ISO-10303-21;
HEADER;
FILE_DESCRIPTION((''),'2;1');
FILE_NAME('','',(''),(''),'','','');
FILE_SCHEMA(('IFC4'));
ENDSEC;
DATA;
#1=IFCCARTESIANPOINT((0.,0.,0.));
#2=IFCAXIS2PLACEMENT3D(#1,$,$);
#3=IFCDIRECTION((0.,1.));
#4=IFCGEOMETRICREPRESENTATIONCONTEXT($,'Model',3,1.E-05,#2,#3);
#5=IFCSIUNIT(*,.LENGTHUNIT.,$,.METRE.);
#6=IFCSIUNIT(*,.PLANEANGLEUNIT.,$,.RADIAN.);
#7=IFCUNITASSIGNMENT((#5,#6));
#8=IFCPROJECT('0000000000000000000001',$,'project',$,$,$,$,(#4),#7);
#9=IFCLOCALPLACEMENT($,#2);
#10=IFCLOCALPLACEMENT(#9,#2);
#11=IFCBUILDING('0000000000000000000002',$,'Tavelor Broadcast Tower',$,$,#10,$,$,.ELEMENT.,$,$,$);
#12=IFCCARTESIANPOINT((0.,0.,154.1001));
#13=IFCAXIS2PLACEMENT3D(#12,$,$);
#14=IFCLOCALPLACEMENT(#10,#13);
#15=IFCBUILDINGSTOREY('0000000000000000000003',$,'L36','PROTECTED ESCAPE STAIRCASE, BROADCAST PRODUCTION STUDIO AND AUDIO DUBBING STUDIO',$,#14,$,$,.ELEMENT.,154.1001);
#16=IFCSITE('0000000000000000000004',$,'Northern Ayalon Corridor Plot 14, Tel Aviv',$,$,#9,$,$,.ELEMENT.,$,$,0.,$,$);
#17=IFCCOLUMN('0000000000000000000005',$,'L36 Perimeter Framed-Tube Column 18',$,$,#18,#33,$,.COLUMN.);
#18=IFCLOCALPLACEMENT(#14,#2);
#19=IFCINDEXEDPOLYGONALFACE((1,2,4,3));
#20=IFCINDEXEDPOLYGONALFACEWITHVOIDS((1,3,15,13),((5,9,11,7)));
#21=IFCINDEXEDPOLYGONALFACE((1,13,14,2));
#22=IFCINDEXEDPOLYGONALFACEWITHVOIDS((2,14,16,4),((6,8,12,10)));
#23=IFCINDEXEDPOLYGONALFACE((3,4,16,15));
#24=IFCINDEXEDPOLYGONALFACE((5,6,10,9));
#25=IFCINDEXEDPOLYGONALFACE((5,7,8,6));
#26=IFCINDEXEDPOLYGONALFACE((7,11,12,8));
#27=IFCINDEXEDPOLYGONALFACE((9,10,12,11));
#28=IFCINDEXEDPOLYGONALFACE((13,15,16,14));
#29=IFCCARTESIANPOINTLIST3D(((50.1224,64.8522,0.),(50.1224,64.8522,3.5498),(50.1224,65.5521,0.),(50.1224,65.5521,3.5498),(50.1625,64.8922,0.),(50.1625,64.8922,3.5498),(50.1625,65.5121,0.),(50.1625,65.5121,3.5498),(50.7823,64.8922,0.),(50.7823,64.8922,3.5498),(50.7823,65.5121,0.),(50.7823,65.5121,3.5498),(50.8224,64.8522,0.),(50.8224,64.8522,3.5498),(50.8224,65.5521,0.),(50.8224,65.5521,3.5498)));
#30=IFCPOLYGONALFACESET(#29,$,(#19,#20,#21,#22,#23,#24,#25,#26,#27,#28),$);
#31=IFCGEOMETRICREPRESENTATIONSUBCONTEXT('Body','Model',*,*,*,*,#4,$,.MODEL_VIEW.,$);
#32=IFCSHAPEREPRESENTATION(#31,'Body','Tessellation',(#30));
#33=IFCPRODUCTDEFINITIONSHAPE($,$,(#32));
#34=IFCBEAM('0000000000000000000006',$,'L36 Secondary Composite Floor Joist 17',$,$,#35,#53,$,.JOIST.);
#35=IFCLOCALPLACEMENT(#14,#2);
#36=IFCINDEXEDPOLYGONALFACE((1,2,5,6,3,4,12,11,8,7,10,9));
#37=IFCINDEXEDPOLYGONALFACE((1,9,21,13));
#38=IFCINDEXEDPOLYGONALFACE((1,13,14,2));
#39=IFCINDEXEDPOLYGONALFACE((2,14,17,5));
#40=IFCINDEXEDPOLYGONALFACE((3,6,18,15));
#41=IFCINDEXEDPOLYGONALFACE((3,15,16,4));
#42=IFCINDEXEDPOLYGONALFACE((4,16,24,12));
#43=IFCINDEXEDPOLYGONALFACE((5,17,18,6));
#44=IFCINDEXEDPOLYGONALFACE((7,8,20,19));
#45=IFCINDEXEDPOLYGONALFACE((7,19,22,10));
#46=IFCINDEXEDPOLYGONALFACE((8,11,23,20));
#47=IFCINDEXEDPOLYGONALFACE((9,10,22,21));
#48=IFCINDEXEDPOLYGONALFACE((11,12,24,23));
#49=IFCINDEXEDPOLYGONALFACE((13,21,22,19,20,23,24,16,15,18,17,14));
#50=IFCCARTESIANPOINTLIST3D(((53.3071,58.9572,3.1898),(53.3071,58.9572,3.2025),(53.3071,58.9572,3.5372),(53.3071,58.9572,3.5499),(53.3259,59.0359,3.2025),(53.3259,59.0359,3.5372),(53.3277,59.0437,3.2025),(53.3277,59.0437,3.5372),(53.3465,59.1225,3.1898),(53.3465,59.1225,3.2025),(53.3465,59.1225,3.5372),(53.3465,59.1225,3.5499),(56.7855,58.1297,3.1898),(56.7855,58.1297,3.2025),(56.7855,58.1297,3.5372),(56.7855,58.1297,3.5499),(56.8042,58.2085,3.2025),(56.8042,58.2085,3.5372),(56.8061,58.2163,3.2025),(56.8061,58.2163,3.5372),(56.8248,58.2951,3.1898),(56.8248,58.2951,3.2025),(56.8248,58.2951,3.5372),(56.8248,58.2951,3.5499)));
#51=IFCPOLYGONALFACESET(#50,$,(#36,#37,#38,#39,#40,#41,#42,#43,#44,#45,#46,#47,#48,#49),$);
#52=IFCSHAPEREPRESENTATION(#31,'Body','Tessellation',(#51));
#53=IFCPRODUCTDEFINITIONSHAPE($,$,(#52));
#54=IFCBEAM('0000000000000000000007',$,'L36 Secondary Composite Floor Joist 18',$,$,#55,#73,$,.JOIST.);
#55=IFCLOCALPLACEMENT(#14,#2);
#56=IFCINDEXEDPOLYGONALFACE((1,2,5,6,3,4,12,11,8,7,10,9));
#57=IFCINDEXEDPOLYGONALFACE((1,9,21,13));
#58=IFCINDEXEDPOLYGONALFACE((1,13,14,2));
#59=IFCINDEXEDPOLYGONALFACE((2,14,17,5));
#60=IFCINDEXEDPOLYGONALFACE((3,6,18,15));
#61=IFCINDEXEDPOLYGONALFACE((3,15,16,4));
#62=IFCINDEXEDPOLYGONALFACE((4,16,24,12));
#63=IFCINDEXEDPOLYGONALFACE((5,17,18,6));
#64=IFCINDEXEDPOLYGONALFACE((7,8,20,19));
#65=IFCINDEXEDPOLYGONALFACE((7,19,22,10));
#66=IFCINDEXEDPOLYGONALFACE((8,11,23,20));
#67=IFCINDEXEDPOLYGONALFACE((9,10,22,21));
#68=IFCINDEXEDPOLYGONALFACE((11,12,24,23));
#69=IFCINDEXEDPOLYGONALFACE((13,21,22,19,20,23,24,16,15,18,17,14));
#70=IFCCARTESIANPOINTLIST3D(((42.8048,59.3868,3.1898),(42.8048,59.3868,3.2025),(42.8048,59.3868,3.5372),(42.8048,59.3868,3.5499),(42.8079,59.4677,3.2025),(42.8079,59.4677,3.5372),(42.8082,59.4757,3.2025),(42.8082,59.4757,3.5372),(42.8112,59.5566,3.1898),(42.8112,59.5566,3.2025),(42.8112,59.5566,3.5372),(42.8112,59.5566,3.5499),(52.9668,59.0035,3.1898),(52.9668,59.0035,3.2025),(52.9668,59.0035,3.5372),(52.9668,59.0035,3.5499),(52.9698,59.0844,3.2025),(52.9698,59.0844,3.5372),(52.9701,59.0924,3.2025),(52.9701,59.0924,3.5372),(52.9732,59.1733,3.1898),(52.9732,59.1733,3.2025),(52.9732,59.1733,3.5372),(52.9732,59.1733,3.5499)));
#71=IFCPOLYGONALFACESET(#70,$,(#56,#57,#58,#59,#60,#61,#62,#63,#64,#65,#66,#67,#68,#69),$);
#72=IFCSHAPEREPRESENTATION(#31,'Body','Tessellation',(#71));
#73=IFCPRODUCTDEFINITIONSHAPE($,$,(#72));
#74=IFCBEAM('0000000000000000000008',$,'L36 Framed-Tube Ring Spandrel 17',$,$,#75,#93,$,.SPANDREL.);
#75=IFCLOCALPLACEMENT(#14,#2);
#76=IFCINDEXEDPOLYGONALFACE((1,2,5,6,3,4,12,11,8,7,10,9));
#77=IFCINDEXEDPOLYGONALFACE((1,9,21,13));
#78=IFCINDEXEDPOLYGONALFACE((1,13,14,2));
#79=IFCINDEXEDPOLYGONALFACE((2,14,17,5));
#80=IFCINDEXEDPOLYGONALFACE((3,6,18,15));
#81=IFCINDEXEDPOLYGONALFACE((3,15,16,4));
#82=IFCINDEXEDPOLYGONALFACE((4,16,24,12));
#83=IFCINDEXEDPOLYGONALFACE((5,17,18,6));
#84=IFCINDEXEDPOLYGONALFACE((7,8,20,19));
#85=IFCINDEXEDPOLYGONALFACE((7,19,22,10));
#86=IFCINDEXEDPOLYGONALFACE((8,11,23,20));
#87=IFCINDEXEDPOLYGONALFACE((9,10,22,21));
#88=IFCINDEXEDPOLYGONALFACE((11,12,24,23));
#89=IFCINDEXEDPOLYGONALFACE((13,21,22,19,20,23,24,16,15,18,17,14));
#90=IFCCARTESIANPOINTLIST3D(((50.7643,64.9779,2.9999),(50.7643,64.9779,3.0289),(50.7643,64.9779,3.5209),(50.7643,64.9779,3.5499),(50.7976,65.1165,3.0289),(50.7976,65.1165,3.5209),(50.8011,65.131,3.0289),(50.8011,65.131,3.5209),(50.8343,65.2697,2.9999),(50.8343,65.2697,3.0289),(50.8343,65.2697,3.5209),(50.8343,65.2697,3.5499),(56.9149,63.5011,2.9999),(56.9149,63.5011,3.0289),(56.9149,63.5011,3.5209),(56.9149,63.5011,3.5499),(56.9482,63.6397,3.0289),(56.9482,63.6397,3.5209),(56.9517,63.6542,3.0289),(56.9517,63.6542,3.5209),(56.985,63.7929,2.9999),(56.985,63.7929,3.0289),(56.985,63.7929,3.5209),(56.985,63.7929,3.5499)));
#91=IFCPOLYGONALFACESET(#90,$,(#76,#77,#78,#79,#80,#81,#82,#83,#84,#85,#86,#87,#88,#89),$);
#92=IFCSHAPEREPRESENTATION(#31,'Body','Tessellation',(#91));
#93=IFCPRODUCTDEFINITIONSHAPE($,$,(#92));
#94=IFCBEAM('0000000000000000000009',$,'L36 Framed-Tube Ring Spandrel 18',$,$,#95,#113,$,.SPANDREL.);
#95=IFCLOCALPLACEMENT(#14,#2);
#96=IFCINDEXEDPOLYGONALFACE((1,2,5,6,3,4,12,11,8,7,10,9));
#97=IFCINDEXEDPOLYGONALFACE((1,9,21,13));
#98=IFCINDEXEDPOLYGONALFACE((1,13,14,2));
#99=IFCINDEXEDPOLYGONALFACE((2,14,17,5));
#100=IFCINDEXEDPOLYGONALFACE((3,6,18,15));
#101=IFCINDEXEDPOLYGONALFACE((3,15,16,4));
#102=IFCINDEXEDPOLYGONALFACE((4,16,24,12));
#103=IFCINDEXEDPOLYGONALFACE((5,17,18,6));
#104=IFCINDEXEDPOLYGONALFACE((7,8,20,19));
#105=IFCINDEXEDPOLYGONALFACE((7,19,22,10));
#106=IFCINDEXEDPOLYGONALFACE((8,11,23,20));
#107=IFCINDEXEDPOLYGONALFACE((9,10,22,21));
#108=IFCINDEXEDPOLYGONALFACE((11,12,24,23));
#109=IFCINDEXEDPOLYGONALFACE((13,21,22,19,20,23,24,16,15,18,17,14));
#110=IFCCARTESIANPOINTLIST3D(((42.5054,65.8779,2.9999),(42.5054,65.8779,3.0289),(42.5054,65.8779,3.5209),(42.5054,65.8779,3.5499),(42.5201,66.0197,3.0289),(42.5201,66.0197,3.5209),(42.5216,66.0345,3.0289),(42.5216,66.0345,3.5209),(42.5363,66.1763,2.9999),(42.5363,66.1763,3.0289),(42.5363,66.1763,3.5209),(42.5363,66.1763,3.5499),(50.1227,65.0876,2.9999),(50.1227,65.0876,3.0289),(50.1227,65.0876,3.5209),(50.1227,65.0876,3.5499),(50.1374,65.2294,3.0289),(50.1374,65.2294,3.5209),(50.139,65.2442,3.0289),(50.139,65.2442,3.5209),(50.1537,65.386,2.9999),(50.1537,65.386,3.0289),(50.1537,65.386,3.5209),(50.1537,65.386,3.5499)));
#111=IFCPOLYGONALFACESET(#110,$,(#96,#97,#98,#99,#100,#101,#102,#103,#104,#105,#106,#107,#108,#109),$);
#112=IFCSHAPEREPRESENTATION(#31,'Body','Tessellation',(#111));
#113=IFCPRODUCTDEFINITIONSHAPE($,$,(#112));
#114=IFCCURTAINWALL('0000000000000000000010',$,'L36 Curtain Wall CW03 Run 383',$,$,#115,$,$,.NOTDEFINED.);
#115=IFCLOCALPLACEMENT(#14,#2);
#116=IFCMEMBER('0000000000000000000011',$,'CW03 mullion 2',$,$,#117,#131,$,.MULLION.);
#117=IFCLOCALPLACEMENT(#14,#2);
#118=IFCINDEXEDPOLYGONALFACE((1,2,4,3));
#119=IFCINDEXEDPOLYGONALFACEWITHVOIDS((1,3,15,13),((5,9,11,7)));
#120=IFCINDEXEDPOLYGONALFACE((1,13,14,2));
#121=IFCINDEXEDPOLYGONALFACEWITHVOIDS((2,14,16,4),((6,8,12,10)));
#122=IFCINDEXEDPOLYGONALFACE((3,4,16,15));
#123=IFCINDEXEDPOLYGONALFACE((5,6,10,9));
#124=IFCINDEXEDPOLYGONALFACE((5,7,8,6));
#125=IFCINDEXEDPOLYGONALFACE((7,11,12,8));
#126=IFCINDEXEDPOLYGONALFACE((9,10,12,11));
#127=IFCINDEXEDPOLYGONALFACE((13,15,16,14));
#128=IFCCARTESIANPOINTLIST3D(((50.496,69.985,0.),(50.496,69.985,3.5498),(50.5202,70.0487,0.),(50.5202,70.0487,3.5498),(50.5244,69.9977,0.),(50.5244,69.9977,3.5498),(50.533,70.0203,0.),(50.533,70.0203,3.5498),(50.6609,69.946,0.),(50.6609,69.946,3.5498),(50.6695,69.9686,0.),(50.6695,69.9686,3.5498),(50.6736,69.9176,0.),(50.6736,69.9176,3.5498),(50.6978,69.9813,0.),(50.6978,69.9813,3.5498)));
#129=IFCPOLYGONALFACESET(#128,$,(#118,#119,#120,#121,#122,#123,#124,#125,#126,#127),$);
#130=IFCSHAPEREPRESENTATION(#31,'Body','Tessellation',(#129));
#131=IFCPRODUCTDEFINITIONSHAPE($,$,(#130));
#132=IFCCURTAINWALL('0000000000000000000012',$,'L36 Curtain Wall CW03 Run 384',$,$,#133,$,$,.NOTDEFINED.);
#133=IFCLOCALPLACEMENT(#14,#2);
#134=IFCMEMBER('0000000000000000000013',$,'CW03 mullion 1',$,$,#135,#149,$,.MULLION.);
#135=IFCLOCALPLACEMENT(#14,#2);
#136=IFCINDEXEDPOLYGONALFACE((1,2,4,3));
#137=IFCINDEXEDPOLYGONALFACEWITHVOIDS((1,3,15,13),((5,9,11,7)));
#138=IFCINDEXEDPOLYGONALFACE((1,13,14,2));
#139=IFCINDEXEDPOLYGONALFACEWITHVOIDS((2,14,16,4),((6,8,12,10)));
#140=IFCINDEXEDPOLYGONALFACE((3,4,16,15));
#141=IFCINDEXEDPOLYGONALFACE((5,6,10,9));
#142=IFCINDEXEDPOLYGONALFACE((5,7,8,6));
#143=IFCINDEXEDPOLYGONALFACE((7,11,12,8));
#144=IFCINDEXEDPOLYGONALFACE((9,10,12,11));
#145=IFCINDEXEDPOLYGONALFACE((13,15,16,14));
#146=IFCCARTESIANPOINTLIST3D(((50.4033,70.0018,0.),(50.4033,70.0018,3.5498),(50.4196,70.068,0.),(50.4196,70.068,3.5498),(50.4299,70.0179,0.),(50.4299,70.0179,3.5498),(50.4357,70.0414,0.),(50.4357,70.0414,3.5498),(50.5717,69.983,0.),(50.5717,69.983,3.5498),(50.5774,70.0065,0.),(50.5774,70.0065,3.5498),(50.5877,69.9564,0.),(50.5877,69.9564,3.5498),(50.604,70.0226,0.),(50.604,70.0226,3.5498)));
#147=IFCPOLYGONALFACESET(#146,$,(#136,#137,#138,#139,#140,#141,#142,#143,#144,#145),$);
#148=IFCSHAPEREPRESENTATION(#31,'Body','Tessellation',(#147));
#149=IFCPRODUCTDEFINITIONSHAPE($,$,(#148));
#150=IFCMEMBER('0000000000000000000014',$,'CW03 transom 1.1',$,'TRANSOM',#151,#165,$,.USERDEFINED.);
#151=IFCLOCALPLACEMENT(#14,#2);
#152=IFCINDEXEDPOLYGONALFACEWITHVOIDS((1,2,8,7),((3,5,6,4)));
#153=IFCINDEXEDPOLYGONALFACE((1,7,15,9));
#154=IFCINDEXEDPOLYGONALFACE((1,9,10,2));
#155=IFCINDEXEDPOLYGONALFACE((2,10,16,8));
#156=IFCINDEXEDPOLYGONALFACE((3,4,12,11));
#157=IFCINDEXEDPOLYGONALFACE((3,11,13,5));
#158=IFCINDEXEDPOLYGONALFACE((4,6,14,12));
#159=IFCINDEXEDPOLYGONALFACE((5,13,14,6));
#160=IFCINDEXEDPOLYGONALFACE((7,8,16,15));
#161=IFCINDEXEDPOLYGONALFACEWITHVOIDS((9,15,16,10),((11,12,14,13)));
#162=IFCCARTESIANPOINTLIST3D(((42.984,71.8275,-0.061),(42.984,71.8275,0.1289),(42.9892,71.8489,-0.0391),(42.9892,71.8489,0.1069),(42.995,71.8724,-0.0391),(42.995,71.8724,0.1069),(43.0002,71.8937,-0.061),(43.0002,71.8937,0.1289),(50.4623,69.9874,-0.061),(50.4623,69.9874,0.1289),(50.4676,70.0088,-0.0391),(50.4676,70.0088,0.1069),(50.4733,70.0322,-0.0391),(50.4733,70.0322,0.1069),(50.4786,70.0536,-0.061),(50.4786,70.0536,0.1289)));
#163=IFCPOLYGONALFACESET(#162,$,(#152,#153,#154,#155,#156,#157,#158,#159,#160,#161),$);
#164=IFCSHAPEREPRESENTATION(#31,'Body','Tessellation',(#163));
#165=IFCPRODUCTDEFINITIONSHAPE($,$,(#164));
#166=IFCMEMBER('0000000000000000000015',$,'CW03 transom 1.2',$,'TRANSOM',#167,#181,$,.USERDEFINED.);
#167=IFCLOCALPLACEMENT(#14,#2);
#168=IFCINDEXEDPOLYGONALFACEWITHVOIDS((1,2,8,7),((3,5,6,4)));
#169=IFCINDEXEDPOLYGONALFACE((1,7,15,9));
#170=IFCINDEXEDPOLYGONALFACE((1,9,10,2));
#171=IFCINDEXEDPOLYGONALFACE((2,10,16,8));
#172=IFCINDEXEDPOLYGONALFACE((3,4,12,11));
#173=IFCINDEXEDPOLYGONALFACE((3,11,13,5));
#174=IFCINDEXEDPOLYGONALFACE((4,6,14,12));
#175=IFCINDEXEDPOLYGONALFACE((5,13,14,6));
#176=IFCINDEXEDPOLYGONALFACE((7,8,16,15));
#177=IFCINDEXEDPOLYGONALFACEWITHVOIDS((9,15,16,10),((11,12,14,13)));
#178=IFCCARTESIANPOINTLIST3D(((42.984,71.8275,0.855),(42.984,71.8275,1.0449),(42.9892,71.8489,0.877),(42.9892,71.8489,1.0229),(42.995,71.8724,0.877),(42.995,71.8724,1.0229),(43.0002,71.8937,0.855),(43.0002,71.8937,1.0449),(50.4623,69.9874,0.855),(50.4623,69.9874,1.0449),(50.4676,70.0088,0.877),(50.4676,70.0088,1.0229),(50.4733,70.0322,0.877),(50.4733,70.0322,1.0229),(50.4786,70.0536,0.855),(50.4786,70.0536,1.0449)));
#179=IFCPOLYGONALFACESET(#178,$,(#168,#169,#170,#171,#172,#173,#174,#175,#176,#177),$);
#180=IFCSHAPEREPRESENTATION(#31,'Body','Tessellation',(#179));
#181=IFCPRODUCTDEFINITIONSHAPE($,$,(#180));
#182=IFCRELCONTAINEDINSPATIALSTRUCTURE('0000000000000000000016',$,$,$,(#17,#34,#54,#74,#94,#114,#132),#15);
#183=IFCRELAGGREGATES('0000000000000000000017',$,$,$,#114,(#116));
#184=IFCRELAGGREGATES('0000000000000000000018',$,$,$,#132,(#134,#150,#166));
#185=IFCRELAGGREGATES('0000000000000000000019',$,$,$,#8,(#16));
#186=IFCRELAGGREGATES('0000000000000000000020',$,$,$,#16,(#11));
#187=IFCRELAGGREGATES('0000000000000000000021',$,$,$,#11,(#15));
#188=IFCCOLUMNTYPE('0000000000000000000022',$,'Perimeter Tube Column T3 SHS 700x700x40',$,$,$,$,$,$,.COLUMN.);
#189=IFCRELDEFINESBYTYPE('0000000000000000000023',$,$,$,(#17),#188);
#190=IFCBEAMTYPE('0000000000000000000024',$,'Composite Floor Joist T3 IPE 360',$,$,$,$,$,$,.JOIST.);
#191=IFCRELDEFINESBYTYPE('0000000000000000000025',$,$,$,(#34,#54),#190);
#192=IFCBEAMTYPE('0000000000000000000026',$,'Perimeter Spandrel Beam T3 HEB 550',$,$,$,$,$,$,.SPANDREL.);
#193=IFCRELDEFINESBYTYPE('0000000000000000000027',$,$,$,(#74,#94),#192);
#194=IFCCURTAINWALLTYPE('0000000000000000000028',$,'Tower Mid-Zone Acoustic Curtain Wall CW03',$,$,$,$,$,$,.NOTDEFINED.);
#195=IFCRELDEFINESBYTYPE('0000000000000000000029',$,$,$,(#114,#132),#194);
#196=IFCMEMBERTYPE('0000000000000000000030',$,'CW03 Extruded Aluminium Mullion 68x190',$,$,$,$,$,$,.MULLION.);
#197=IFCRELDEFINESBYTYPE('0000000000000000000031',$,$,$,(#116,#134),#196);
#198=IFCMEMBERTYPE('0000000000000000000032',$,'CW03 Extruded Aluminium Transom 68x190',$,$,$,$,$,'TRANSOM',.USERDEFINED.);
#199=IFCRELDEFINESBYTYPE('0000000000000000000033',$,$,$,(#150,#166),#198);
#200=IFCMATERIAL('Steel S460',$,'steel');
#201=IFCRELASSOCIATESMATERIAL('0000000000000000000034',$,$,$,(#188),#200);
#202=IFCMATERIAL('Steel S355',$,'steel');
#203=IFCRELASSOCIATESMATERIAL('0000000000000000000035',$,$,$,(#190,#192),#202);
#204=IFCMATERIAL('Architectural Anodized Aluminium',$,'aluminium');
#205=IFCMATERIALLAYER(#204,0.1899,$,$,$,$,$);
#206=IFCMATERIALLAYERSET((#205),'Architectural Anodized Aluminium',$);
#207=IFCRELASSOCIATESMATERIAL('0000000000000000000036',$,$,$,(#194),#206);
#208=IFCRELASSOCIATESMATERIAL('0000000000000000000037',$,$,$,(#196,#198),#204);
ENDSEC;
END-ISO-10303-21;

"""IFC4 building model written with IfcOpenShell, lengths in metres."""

from ifc_helpers import new_model, si_unit, direction, frame, origin, origin_2d, place, context, subcontext, project, spatial, hollow_rectangle, i_section, extrude, source, transform, mapped, material, layer, layer_set, material_profile, profile_set, type_object, type_shapes, element, aggregate, save


model = new_model("IFC4")

# Units and contexts
model_context = context("Model", 3, precision=1e-05, world=origin(), true_north=direction((0.0, 1.0)))
body_context = subcontext(model_context, "Body", "Model", "MODEL_VIEW")
ifc_project = project(units=[si_unit("LENGTHUNIT", "METRE"), si_unit("PLANEANGLEUNIT", "RADIAN")], contexts=[model_context])

# Site, building, storey
site_placement = place(None, origin())
site = spatial("IfcSite", under=ifc_project, at=site_placement, Name="Northern Ayalon Corridor Plot 14, Tel Aviv", CompositionType="ELEMENT", RefElevation=0.0)
building_placement = place(site_placement, origin())
building = spatial("IfcBuilding", under=site, at=building_placement, Name="Tavelor Broadcast Tower", CompositionType="ELEMENT")
storey_placement = place(building_placement, frame((0.0, 0.0, 154.1001)))
storey = spatial("IfcBuildingStorey", under=building, at=storey_placement, Name="L36", Description="PROTECTED ESCAPE STAIRCASE, BROADCAST PRODUCTION STUDIO AND AUDIO DUBBING STUDIO", CompositionType="ELEMENT", Elevation=154.1001)

# Column
ifc_material_1 = material(Name="Steel S460", Category="steel")
ifc_material_profile_1 = material_profile(ifc_material_1, hollow_rectangle(XDim=0.7, YDim=0.7, WallThickness=0.04, at=origin_2d()), Name="SHS 700x700x40")
ifc_profile_set_1 = profile_set([ifc_material_profile_1], Name="Steel S460")
column_type = type_object("IfcColumnType", Name="Perimeter Tube Column T3 SHS 700x700x40", PredefinedType="COLUMN", material=ifc_profile_set_1)
column_placement = place(storey_placement, frame((50.4724, 65.2021, 0.0), z_axis=(0.0, 0.0, 1.0), x_axis=(1.0, 0.0, 0.0)))
element("IfcColumn", 1, at=column_placement, inside=storey, type_object=column_type, Name="L36 Perimeter Framed-Tube Column 18", PredefinedType="COLUMN", context=body_context, shape_type="SweptSolid", body=[
    extrude(hollow_rectangle(XDim=0.7, YDim=0.7, WallThickness=0.04, at=origin_2d()), origin(), (0.0, 0.0, 1.0), 3.5498),
])

# Beams
ifc_material_2 = material(Name="Steel S355", Category="steel")
ifc_material_profile_2 = material_profile(ifc_material_2, i_section(OverallWidth=0.1699, OverallDepth=0.3601, WebThickness=0.0081, FlangeThickness=0.0127, at=origin_2d()), Name="IPE 360")
ifc_profile_set_2 = profile_set([ifc_material_profile_2], Name="Steel S355")
beam_type_1 = type_object("IfcBeamType", Name="Composite Floor Joist T3 IPE 360", PredefinedType="JOIST", material=ifc_profile_set_2)
beam_1_placement = place(storey_placement, frame((56.8052, 58.2124, 3.3699), z_axis=(-0.972855, 0.231417, 0.0), x_axis=(-0.231417, -0.972855, 0.0)))
element("IfcBeam", 2, at=beam_1_placement, inside=storey, type_object=beam_type_1, Name="L36 Secondary Composite Floor Joist 17", PredefinedType="JOIST", context=body_context, shape_type="SweptSolid", body=[
    extrude(i_section(OverallWidth=0.1699, OverallDepth=0.3601, WebThickness=0.0081, FlangeThickness=0.0127, at=origin_2d()), origin(), (0.0, 0.0, 1.0), 3.5754),
])
beam_2_placement = place(storey_placement, frame((52.97, 59.0884, 3.3699), z_axis=(-0.999289, 0.037693, 0.0), x_axis=(-0.037693, -0.999289, 0.0)))
element("IfcBeam", 3, at=beam_2_placement, inside=storey, type_object=beam_type_1, Name="L36 Secondary Composite Floor Joist 18", PredefinedType="JOIST", context=body_context, shape_type="SweptSolid", body=[
    extrude(i_section(OverallWidth=0.1699, OverallDepth=0.3601, WebThickness=0.0081, FlangeThickness=0.0127, at=origin_2d()), origin(), (0.0, 0.0, 1.0), 10.1692),
])
ifc_material_profile_3 = material_profile(ifc_material_2, i_section(OverallWidth=0.3, OverallDepth=0.55, WebThickness=0.0149, FlangeThickness=0.0291, at=origin_2d()), Name="HEB 550")
ifc_profile_set_3 = profile_set([ifc_material_profile_3], Name="Steel S355")
beam_type_2 = type_object("IfcBeamType", Name="Perimeter Spandrel Beam T3 HEB 550", PredefinedType="SPANDREL", material=ifc_profile_set_3)
beam_3_placement = place(storey_placement, frame((56.95, 63.647, 3.2749), z_axis=(-0.972364, 0.233471, 0.0), x_axis=(-0.233471, -0.972364, 0.0)))
element("IfcBeam", 4, at=beam_3_placement, inside=storey, type_object=beam_type_2, Name="L36 Framed-Tube Ring Spandrel 17", PredefinedType="SPANDREL", context=body_context, shape_type="SweptSolid", body=[
    extrude(i_section(OverallWidth=0.3, OverallDepth=0.55, WebThickness=0.0149, FlangeThickness=0.0291, at=origin_2d()), origin(), (0.0, 0.0, 1.0), 6.3254),
])
beam_4_placement = place(storey_placement, frame((50.1382, 65.2368, 3.2749), z_axis=(-0.994661, 0.103193, 0.0), x_axis=(-0.103193, -0.994661, 0.0)))
element("IfcBeam", 5, at=beam_4_placement, inside=storey, type_object=beam_type_2, Name="L36 Framed-Tube Ring Spandrel 18", PredefinedType="SPANDREL", context=body_context, shape_type="SweptSolid", body=[
    extrude(i_section(OverallWidth=0.3, OverallDepth=0.55, WebThickness=0.0149, FlangeThickness=0.0291, at=origin_2d()), origin(), (0.0, 0.0, 1.0), 7.6582),
])

# Curtain wall, member
ifc_material_3 = material(Name="Architectural Anodized Aluminium", Category="aluminium")
ifc_layer_1 = layer(ifc_material_3, 0.1899)
ifc_layer_set_1 = layer_set([ifc_layer_1], Name="Architectural Anodized Aluminium")
curtain_wall_type = type_object("IfcCurtainWallType", Name="Tower Mid-Zone Acoustic Curtain Wall CW03", PredefinedType="NOTDEFINED", material=ifc_layer_set_1)
curtain_wall_1_placement = place(storey_placement, origin())
curtain_wall_1 = element("IfcCurtainWall", 6, at=curtain_wall_1_placement, inside=storey, type_object=curtain_wall_type, Name="L36 Curtain Wall CW03 Run 383", PredefinedType="NOTDEFINED")
ifc_material_profile_4 = material_profile(ifc_material_3, hollow_rectangle(XDim=0.0681, YDim=0.1899, WallThickness=0.022, at=origin_2d()), Name="RHS 68x190x22")
ifc_profile_set_4 = profile_set([ifc_material_profile_4], Name="Architectural Anodized Aluminium")
member_type_1 = type_object("IfcMemberType", Name="CW03 Extruded Aluminium Mullion 68x190", PredefinedType="MULLION", material=ifc_profile_set_4)
shared_shape_1 = source(origin(), body_context, "Body", "SweptSolid", [
    extrude(hollow_rectangle(XDim=0.0681, YDim=0.1899, WallThickness=0.022, at=origin_2d()), origin(), (0.0, 0.0, 1.0), 3.5498),
])
type_shapes(member_type_1, [shared_shape_1])
member_1_placement = place(storey_placement, frame((50.5969, 69.9832, 0.0), z_axis=(0.0, 0.0, 1.0), x_axis=(-0.354699, -0.93498, 0.0)))
member_1 = element("IfcMember", 7, at=member_1_placement, type_object=member_type_1, Name="CW03 mullion 2", PredefinedType="MULLION", context=body_context, shape_type="MappedRepresentation", body=[
    mapped(shared_shape_1, transform((0.0, 0.0, 0.0), scale=1.0)),
])

# Curtain wall, members
curtain_wall_2_placement = place(storey_placement, origin())
curtain_wall_2 = element("IfcCurtainWall", 8, at=curtain_wall_2_placement, inside=storey, type_object=curtain_wall_type, Name="L36 Curtain Wall CW03 Run 384", PredefinedType="NOTDEFINED")
member_2_placement = place(storey_placement, frame((50.5037, 70.0122, 0.0), z_axis=(0.0, 0.0, 1.0), x_axis=(-0.238931, -0.971036, 0.0)))
member_2 = element("IfcMember", 9, at=member_2_placement, type_object=member_type_1, Name="CW03 mullion 1", PredefinedType="MULLION", context=body_context, shape_type="MappedRepresentation", body=[
    mapped(shared_shape_1, transform((0.0, 0.0, 0.0), scale=1.0)),
])
ifc_material_profile_5 = material_profile(ifc_material_3, hollow_rectangle(XDim=0.0681, YDim=0.1899, WallThickness=0.022, at=origin_2d()), Name="RHS 68x190x22")
ifc_profile_set_5 = profile_set([ifc_material_profile_5], Name="Architectural Anodized Aluminium")
member_type_2 = type_object("IfcMemberType", Name="CW03 Extruded Aluminium Transom 68x190", ElementType="TRANSOM", PredefinedType="USERDEFINED", material=ifc_profile_set_5)
shared_shape_2 = source(origin(), body_context, "Body", "SweptSolid", [
    extrude(hollow_rectangle(XDim=0.0681, YDim=0.1899, WallThickness=0.022, at=origin_2d()), origin(), (0.0, 0.0, 1.0), 7.7014),
])
type_shapes(member_type_2, [shared_shape_2])
member_3_placement = place(storey_placement, frame((50.4705, 70.0205, 0.0339), z_axis=(-0.971036, 0.238931, 0.0), x_axis=(-0.238931, -0.971036, 0.0)))
member_3 = element("IfcMember", 10, at=member_3_placement, type_object=member_type_2, Name="CW03 transom 1.1", ObjectType="TRANSOM", PredefinedType="USERDEFINED", context=body_context, shape_type="MappedRepresentation", body=[
    mapped(shared_shape_2, transform((0.0, 0.0, 0.0), scale=1.0)),
])
member_4_placement = place(storey_placement, frame((50.4705, 70.0205, 0.95), z_axis=(-0.971036, 0.238931, 0.0), x_axis=(-0.238931, -0.971036, 0.0)))
member_4 = element("IfcMember", 11, at=member_4_placement, type_object=member_type_2, Name="CW03 transom 1.2", ObjectType="TRANSOM", PredefinedType="USERDEFINED", context=body_context, shape_type="MappedRepresentation", body=[
    mapped(shared_shape_2, transform((0.0, 0.0, 0.0), scale=1.0)),
])

aggregate(curtain_wall_1, [member_1])
aggregate(curtain_wall_2, [member_2, member_3, member_4])

save(model, "model.ifc")
